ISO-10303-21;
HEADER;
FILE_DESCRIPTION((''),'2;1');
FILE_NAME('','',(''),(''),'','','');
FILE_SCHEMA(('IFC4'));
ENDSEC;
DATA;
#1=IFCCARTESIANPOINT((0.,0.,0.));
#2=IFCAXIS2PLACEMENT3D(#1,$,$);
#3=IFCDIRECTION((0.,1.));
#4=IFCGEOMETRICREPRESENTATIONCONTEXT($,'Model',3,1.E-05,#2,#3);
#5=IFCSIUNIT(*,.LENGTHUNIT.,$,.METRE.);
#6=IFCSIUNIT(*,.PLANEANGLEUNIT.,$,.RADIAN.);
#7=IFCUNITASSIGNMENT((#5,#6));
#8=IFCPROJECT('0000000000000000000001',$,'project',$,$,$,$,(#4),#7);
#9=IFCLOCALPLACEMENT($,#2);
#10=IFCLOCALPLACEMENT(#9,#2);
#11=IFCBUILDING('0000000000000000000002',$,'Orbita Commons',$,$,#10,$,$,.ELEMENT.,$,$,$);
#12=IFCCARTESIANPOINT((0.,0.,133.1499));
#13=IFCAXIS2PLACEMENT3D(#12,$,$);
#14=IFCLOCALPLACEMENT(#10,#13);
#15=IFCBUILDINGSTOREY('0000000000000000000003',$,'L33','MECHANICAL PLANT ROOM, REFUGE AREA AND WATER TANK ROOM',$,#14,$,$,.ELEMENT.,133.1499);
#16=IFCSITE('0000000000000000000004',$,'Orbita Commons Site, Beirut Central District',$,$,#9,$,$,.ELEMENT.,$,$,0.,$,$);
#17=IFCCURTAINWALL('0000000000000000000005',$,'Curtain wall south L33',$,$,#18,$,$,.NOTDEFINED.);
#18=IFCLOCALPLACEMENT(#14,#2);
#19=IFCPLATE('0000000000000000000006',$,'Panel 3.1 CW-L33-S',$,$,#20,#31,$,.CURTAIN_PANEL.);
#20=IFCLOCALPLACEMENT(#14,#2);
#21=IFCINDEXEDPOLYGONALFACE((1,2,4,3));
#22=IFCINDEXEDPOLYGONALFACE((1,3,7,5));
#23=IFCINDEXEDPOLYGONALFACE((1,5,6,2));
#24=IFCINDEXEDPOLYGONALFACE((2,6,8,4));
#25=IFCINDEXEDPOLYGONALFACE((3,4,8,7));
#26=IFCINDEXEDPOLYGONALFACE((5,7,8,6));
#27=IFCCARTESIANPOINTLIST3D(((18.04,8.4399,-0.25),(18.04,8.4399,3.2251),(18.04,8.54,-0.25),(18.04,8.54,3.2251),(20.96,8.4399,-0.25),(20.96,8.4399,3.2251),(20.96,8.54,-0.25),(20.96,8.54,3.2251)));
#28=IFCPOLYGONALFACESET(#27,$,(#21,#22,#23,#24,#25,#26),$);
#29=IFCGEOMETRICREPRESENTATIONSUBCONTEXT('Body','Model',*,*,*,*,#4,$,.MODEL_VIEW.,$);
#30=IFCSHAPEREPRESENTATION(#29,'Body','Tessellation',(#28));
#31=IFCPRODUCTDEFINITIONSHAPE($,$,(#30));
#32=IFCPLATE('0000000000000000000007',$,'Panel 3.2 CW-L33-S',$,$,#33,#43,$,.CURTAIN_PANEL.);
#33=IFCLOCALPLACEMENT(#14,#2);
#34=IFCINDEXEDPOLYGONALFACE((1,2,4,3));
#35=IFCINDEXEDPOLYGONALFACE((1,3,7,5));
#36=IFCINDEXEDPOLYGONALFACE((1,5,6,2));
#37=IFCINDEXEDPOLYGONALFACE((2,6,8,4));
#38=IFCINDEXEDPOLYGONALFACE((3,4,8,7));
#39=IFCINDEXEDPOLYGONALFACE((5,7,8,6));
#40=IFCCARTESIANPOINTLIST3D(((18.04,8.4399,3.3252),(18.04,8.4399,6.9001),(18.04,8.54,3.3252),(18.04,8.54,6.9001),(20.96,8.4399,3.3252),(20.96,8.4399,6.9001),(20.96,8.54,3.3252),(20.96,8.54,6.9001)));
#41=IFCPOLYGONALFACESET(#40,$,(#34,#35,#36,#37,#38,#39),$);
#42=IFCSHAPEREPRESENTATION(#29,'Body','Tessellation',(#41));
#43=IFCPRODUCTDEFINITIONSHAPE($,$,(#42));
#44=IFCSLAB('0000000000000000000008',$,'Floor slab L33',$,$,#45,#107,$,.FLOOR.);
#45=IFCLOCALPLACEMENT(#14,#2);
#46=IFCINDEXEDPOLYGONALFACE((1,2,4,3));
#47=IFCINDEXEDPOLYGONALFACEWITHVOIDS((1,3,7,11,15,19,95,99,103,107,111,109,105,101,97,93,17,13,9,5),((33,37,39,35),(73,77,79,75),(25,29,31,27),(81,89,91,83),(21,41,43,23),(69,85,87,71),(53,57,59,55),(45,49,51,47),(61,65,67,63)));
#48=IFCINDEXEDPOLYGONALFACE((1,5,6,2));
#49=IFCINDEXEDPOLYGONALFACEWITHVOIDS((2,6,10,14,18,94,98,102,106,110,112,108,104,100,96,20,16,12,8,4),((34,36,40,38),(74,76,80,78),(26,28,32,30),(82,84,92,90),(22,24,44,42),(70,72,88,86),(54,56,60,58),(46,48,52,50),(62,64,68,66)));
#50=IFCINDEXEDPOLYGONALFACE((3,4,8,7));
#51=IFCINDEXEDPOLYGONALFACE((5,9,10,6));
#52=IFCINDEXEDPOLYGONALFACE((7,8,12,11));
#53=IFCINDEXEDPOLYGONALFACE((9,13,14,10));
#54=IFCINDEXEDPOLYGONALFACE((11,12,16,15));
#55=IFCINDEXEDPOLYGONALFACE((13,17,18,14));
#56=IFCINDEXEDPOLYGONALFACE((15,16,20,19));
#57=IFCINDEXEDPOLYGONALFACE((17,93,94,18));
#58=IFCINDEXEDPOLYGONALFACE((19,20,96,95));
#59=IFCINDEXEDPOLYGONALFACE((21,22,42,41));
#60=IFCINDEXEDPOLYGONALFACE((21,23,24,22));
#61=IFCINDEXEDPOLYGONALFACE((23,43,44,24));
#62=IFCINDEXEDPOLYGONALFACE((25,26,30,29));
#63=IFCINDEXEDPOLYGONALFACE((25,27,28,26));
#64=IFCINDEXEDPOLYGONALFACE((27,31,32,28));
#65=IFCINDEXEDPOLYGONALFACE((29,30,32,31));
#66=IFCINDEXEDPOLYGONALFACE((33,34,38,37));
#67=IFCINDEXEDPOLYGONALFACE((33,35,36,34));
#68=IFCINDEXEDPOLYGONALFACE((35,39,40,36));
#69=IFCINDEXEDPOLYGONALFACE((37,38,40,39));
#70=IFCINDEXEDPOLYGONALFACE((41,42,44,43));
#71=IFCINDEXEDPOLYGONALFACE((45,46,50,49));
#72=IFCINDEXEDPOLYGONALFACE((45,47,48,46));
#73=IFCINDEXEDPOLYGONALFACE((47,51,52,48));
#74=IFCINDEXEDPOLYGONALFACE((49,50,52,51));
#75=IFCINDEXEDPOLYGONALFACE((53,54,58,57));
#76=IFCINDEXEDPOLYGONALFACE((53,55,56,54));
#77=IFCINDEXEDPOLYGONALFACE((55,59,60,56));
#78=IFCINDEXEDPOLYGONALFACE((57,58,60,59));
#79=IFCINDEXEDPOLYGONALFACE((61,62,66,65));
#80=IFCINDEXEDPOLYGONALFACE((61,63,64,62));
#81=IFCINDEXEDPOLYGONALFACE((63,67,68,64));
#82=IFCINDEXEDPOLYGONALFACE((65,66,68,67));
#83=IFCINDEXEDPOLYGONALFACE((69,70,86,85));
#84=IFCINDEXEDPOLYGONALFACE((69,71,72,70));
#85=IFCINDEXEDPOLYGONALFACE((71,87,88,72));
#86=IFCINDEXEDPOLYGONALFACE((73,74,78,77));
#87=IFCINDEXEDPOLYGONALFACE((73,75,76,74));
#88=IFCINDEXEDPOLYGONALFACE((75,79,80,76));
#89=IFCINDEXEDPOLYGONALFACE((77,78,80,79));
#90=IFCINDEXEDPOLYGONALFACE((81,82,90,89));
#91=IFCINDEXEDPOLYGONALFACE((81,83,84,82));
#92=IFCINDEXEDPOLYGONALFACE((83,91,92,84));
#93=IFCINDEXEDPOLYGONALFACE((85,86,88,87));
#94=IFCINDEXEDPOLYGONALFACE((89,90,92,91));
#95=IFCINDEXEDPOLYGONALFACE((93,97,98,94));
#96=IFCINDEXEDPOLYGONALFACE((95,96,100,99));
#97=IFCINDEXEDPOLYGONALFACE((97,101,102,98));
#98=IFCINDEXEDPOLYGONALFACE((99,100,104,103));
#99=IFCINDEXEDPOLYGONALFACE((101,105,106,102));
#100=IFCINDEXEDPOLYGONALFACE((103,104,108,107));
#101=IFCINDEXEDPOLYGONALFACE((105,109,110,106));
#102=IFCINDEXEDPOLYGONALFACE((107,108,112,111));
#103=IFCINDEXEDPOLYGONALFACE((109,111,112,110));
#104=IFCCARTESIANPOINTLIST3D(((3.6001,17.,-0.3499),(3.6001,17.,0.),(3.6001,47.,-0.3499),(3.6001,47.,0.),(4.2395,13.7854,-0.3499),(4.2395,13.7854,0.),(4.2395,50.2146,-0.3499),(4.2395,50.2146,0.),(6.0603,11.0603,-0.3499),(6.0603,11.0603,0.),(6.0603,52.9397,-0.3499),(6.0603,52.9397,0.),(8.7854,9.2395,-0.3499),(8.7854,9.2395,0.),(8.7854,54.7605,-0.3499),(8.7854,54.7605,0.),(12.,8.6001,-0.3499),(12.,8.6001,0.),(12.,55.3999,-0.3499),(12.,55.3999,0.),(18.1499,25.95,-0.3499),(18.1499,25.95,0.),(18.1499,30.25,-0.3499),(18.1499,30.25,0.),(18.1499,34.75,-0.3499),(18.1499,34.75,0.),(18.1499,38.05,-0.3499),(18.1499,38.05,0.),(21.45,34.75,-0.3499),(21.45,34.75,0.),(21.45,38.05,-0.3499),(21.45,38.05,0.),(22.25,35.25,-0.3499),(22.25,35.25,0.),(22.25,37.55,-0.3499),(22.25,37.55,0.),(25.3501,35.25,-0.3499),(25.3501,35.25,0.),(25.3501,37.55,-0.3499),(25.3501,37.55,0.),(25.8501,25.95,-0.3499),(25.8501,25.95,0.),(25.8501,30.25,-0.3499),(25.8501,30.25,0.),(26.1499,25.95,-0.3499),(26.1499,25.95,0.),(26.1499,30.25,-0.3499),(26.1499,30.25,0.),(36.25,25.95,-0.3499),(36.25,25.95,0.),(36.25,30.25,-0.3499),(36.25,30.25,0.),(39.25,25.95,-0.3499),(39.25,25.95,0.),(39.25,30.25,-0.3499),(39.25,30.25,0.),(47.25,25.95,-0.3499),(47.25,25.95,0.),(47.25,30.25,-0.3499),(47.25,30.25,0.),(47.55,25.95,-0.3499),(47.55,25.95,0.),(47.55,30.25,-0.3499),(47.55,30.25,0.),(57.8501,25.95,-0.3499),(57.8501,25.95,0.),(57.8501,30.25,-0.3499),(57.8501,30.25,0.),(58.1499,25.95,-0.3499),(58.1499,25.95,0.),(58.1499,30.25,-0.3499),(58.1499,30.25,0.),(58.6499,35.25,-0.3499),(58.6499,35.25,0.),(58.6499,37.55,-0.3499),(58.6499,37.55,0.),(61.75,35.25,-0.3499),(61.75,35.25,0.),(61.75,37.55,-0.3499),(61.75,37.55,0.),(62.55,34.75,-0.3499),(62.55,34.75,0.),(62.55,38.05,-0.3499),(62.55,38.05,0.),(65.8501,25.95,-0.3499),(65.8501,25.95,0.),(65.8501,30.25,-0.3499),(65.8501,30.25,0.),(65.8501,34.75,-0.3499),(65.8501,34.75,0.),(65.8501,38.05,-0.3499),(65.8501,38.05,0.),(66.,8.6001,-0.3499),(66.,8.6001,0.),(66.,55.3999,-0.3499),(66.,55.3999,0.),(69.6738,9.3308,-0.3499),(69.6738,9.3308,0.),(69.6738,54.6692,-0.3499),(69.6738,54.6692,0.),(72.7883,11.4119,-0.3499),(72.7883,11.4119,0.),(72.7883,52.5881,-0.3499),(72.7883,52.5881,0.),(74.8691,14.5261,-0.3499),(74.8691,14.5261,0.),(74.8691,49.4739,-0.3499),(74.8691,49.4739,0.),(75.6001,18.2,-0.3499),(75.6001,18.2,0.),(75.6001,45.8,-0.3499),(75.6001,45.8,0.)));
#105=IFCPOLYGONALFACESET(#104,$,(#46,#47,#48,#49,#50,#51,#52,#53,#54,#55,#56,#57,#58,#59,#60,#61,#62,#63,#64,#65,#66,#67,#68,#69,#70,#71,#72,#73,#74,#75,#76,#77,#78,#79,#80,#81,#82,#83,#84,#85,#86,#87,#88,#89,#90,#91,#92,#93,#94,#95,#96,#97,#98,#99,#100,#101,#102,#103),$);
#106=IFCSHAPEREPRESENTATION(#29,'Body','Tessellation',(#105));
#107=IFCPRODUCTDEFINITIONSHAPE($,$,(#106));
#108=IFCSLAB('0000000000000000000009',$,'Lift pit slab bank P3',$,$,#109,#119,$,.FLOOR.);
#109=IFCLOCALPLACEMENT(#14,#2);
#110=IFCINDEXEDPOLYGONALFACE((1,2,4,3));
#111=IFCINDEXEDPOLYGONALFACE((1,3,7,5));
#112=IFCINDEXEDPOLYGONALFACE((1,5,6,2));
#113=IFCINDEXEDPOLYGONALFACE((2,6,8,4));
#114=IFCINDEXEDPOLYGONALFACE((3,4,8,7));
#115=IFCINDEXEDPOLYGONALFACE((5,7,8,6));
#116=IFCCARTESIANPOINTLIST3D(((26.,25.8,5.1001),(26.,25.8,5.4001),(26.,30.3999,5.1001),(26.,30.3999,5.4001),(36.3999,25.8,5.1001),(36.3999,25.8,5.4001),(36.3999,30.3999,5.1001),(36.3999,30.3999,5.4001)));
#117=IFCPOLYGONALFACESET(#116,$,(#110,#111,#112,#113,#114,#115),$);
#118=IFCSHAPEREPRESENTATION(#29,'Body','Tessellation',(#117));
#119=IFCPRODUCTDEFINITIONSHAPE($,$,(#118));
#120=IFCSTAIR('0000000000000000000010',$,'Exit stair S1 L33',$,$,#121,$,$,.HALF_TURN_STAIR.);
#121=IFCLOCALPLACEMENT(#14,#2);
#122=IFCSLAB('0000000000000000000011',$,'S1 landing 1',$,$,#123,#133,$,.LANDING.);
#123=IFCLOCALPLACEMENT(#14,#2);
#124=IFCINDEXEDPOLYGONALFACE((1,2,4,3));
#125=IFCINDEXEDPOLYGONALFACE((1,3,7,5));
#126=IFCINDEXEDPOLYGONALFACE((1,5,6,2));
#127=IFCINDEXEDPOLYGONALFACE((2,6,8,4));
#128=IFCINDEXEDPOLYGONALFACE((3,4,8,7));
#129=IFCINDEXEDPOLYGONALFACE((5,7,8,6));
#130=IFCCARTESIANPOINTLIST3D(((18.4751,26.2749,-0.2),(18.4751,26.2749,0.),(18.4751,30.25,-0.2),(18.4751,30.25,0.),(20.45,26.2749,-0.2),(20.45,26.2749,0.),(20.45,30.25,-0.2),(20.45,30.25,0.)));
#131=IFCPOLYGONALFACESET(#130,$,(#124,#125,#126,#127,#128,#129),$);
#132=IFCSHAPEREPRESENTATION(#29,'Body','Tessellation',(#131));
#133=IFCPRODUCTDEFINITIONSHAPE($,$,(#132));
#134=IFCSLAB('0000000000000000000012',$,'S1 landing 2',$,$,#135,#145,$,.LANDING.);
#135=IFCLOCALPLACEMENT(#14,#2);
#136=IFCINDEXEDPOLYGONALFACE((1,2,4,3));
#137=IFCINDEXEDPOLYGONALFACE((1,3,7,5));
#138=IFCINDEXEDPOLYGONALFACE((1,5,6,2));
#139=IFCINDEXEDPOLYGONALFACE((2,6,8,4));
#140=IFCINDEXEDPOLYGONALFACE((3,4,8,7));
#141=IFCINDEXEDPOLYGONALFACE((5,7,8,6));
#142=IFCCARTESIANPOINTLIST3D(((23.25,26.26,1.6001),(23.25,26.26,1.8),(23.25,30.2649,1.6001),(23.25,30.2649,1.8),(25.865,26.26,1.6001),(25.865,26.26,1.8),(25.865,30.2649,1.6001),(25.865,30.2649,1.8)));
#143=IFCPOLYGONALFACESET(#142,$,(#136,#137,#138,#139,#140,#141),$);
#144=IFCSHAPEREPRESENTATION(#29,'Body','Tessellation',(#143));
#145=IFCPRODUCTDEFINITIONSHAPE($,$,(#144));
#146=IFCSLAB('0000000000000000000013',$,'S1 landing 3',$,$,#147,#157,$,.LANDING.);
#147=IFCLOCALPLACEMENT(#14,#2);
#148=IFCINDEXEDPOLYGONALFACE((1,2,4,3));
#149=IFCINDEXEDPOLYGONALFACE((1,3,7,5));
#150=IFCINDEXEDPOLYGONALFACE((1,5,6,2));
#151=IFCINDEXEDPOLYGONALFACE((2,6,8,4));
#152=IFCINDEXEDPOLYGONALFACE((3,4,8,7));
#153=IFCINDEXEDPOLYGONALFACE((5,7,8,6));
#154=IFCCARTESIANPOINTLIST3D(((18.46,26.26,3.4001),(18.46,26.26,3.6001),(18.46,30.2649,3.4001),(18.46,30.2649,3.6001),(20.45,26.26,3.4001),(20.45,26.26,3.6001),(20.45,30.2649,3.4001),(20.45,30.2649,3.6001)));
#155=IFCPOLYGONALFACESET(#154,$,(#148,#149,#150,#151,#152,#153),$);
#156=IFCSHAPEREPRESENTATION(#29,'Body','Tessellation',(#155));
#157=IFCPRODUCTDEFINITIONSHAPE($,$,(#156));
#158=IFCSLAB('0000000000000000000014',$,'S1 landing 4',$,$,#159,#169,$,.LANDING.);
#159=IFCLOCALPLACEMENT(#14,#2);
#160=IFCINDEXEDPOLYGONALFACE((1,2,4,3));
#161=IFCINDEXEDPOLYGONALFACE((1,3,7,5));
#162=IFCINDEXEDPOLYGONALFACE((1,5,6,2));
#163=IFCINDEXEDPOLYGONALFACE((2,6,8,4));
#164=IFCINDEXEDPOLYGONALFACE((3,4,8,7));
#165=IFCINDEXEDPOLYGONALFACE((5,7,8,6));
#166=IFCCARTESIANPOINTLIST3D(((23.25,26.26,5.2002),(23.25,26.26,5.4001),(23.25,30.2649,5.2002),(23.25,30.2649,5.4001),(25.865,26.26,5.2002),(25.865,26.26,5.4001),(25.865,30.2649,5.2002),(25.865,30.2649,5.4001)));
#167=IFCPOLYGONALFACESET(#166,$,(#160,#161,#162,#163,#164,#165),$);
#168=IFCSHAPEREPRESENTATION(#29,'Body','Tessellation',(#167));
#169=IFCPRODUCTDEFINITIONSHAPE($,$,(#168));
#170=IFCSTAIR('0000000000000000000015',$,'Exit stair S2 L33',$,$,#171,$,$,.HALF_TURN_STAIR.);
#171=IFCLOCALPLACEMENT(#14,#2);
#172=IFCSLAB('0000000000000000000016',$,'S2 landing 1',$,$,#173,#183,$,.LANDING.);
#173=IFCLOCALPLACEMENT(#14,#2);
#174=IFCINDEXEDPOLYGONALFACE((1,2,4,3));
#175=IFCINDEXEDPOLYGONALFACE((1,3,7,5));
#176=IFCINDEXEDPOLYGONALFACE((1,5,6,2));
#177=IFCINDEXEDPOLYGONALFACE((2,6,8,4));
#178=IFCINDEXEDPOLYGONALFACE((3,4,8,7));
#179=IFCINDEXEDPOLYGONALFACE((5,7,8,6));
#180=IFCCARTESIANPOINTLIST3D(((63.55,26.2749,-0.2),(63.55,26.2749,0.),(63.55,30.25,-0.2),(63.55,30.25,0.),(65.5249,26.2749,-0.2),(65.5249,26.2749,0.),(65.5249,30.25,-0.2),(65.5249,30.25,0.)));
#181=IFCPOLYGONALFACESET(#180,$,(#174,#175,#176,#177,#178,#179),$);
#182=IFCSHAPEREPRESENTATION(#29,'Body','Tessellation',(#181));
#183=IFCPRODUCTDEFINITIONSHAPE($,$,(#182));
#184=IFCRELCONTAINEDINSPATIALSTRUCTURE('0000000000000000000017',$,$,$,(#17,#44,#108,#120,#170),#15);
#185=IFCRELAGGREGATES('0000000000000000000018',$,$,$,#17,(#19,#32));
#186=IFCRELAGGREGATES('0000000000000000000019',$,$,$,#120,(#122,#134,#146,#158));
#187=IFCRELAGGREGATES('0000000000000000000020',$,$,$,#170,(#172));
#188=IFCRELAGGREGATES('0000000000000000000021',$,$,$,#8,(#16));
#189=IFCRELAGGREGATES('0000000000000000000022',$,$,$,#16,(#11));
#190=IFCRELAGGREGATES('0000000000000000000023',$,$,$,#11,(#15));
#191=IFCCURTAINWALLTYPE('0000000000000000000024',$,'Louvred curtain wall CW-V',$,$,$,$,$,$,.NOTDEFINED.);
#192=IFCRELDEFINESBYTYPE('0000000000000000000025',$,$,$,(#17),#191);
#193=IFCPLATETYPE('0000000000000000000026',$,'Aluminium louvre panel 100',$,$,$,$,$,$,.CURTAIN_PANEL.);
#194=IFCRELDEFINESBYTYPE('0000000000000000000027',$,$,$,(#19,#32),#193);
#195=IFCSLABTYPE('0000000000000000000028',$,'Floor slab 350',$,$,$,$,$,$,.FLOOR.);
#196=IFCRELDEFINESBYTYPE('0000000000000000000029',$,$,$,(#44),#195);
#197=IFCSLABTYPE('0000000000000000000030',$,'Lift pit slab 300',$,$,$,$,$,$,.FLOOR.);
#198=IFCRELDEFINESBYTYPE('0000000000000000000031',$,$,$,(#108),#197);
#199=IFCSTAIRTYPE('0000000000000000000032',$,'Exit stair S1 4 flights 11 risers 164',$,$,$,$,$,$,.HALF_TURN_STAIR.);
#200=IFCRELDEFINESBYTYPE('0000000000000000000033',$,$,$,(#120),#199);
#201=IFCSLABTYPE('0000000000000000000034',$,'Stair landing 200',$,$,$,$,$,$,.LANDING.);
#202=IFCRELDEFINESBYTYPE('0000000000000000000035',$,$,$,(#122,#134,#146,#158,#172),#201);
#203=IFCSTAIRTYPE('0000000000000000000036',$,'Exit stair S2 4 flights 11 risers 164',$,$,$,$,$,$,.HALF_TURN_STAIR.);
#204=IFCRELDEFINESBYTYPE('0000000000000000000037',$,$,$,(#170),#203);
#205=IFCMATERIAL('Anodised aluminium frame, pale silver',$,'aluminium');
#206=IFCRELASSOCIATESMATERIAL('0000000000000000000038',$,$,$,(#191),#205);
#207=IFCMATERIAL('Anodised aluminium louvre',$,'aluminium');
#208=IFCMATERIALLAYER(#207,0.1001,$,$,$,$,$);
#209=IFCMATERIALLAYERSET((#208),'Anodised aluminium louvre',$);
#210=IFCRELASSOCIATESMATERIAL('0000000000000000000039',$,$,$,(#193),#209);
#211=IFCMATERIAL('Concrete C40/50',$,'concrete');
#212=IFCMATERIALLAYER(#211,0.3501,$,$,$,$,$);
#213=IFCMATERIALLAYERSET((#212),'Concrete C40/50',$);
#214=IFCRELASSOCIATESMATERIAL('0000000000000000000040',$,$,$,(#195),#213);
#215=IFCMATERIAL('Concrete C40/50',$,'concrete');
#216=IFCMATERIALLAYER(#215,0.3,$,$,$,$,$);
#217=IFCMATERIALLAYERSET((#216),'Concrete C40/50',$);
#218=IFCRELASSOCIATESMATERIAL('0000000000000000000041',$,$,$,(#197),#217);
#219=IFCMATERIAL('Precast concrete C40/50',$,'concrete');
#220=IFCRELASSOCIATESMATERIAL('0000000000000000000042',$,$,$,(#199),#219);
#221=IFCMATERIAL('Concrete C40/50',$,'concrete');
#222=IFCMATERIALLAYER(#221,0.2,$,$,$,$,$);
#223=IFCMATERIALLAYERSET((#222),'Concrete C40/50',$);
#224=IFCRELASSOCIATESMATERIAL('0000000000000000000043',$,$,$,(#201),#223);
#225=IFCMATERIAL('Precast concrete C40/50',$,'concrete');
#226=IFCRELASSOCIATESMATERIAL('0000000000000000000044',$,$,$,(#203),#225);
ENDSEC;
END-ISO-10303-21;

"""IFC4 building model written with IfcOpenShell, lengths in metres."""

from ifc_helpers import new_model, si_unit, direction, frame, origin, origin_2d, place, context, subcontext, project, spatial, polyline, rectangle, outline, extrude, material, layer, layer_set, type_object, element, aggregate, save


model = new_model("IFC4")

# Units and contexts
model_context = context("Model", 3, precision=1e-05, world=origin(), true_north=direction((0.0, 1.0)))
body_context = subcontext(model_context, "Body", "Model", "MODEL_VIEW")
ifc_project = project(units=[si_unit("LENGTHUNIT", "METRE"), si_unit("PLANEANGLEUNIT", "RADIAN")], contexts=[model_context])

# Site, building, storey
site_placement = place(None, origin())
site = spatial("IfcSite", under=ifc_project, at=site_placement, Name="Orbita Commons Site, Beirut Central District", CompositionType="ELEMENT", RefElevation=0.0)
building_placement = place(site_placement, origin())
building = spatial("IfcBuilding", under=site, at=building_placement, Name="Orbita Commons", CompositionType="ELEMENT")
storey_placement = place(building_placement, frame((0.0, 0.0, 133.1499)))
storey = spatial("IfcBuildingStorey", under=building, at=storey_placement, Name="L33", Description="MECHANICAL PLANT ROOM, REFUGE AREA AND WATER TANK ROOM", CompositionType="ELEMENT", Elevation=133.1499)

# Curtain wall, plates
ifc_material_1 = material(Name="Anodised aluminium frame, pale silver", Category="aluminium")
curtain_wall_type = type_object("IfcCurtainWallType", Name="Louvred curtain wall CW-V", PredefinedType="NOTDEFINED", material=ifc_material_1)
curtain_wall_placement = place(storey_placement, origin())
curtain_wall = element("IfcCurtainWall", 1, at=curtain_wall_placement, inside=storey, type_object=curtain_wall_type, Name="Curtain wall south L33", PredefinedType="NOTDEFINED")
ifc_material_2 = material(Name="Anodised aluminium louvre", Category="aluminium")
ifc_layer_1 = layer(ifc_material_2, 0.1001)
ifc_layer_set_1 = layer_set([ifc_layer_1], Name="Anodised aluminium louvre")
plate_type = type_object("IfcPlateType", Name="Aluminium louvre panel 100", PredefinedType="CURTAIN_PANEL", material=ifc_layer_set_1)
plate_1_placement = place(storey_placement, frame((19.5, 8.49, -0.25), z_axis=(0.0, 0.0, 1.0), x_axis=(1.0, 0.0, 0.0)))
plate_1 = element("IfcPlate", 2, at=plate_1_placement, type_object=plate_type, Name="Panel 3.1 CW-L33-S", PredefinedType="CURTAIN_PANEL", context=body_context, shape_type="SweptSolid", body=[
    extrude(rectangle(XDim=2.9199, YDim=0.1001, at=origin_2d()), origin(), (0.0, 0.0, 1.0), 3.4751),
])
plate_2_placement = place(storey_placement, frame((19.5, 8.49, 3.3252), z_axis=(0.0, 0.0, 1.0), x_axis=(1.0, 0.0, 0.0)))
plate_2 = element("IfcPlate", 3, at=plate_2_placement, type_object=plate_type, Name="Panel 3.2 CW-L33-S", PredefinedType="CURTAIN_PANEL", context=body_context, shape_type="SweptSolid", body=[
    extrude(rectangle(XDim=2.9199, YDim=0.1001, at=origin_2d()), origin(), (0.0, 0.0, 1.0), 3.575),
])
aggregate(curtain_wall, [plate_1, plate_2])

# Slabs
ifc_material_3 = material(Name="Concrete C40/50", Category="concrete")
ifc_layer_2 = layer(ifc_material_3, 0.3501)
ifc_layer_set_2 = layer_set([ifc_layer_2], Name="Concrete C40/50")
slab_type_1 = type_object("IfcSlabType", Name="Floor slab 350", PredefinedType="FLOOR", material=ifc_layer_set_2)
slab_1_placement = place(storey_placement, frame((0.0, 0.0, -0.3499)))
element("IfcSlab", 4, at=slab_1_placement, inside=storey, type_object=slab_type_1, Name="Floor slab L33", PredefinedType="FLOOR", context=body_context, shape_type="SweptSolid", body=[
    extrude(outline(polyline([(66.0, 8.6001), (69.6738, 9.3308), (72.7883, 11.4119), (74.8691, 14.5261), (75.6001, 18.2), (75.6001, 45.8), (74.8691, 49.4739), (72.7883, 52.5881), (69.6738, 54.6692), (66.0, 55.3999), (12.0, 55.3999), (8.7854, 54.7605), (6.0603, 52.9397), (4.2395, 50.2146), (3.6001, 47.0), (3.6001, 17.0), (4.2395, 13.7854), (6.0603, 11.0603), (8.7854, 9.2395), (12.0, 8.6001), (66.0, 8.6001)]), holes=[polyline([(18.1499, 25.95), (25.8501, 25.95), (25.8501, 30.25), (18.1499, 30.25), (18.1499, 25.95)]), polyline([(58.1499, 25.95), (65.8501, 25.95), (65.8501, 30.25), (58.1499, 30.25), (58.1499, 25.95)]), polyline([(18.1499, 34.75), (21.45, 34.75), (21.45, 38.05), (18.1499, 38.05), (18.1499, 34.75)]), polyline([(62.55, 34.75), (65.8501, 34.75), (65.8501, 38.05), (62.55, 38.05), (62.55, 34.75)]), polyline([(22.25, 35.25), (25.3501, 35.25), (25.3501, 37.55), (22.25, 37.55), (22.25, 35.25)]), polyline([(58.6499, 35.25), (61.75, 35.25), (61.75, 37.55), (58.6499, 37.55), (58.6499, 35.25)]), polyline([(26.1499, 25.95), (36.25, 25.95), (36.25, 30.25), (26.1499, 30.25), (26.1499, 25.95)]), polyline([(39.25, 25.95), (47.25, 25.95), (47.25, 30.25), (39.25, 30.25), (39.25, 25.95)]), polyline([(47.55, 25.95), (57.8501, 25.95), (57.8501, 30.25), (47.55, 30.25), (47.55, 25.95)])]), origin(), (0.0, 0.0, 1.0), 0.3499),
])
ifc_material_4 = material(Name="Concrete C40/50", Category="concrete")
ifc_layer_3 = layer(ifc_material_4, 0.3)
ifc_layer_set_3 = layer_set([ifc_layer_3], Name="Concrete C40/50")
slab_type_2 = type_object("IfcSlabType", Name="Lift pit slab 300", PredefinedType="FLOOR", material=ifc_layer_set_3)
slab_2_placement = place(storey_placement, frame((0.0, 0.0, 5.1001)))
element("IfcSlab", 5, at=slab_2_placement, inside=storey, type_object=slab_type_2, Name="Lift pit slab bank P3", PredefinedType="FLOOR", context=body_context, shape_type="SweptSolid", body=[
    extrude(outline(polyline([(26.0, 25.8), (36.3999, 25.8), (36.3999, 30.3999), (26.0, 30.3999), (26.0, 25.8)])), origin(), (0.0, 0.0, 1.0), 0.3),
])

# Stairs, slabs
ifc_material_5 = material(Name="Precast concrete C40/50", Category="concrete")
stair_type_1 = type_object("IfcStairType", Name="Exit stair S1 4 flights 11 risers 164", PredefinedType="HALF_TURN_STAIR", material=ifc_material_5)
stair_1_placement = place(storey_placement, origin())
stair_1 = element("IfcStair", 6, at=stair_1_placement, inside=storey, type_object=stair_type_1, Name="Exit stair S1 L33", PredefinedType="HALF_TURN_STAIR")
ifc_material_6 = material(Name="Concrete C40/50", Category="concrete")
ifc_layer_4 = layer(ifc_material_6, 0.2)
ifc_layer_set_4 = layer_set([ifc_layer_4], Name="Concrete C40/50")
slab_type_3 = type_object("IfcSlabType", Name="Stair landing 200", PredefinedType="LANDING", material=ifc_layer_set_4)
slab_3_placement = place(storey_placement, frame((0.0, 0.0, -0.2)))
slab_3 = element("IfcSlab", 7, at=slab_3_placement, type_object=slab_type_3, Name="S1 landing 1", PredefinedType="LANDING", context=body_context, shape_type="SweptSolid", body=[
    extrude(outline(polyline([(18.4751, 26.2749), (20.45, 26.2749), (20.45, 30.25), (18.4751, 30.25), (18.4751, 26.2749)])), origin(), (0.0, 0.0, 1.0), 0.2),
])
slab_4_placement = place(storey_placement, frame((0.0, 0.0, 1.6001)))
slab_4 = element("IfcSlab", 8, at=slab_4_placement, type_object=slab_type_3, Name="S1 landing 2", PredefinedType="LANDING", context=body_context, shape_type="SweptSolid", body=[
    extrude(outline(polyline([(23.25, 26.26), (25.865, 26.26), (25.865, 30.2649), (23.25, 30.2649), (23.25, 26.26)])), origin(), (0.0, 0.0, 1.0), 0.2),
])
slab_5_placement = place(storey_placement, frame((0.0, 0.0, 3.4001)))
slab_5 = element("IfcSlab", 9, at=slab_5_placement, type_object=slab_type_3, Name="S1 landing 3", PredefinedType="LANDING", context=body_context, shape_type="SweptSolid", body=[
    extrude(outline(polyline([(18.46, 26.26), (20.45, 26.26), (20.45, 30.2649), (18.46, 30.2649), (18.46, 26.26)])), origin(), (0.0, 0.0, 1.0), 0.2),
])
slab_6_placement = place(storey_placement, frame((0.0, 0.0, 5.2002)))
slab_6 = element("IfcSlab", 10, at=slab_6_placement, type_object=slab_type_3, Name="S1 landing 4", PredefinedType="LANDING", context=body_context, shape_type="SweptSolid", body=[
    extrude(outline(polyline([(23.25, 26.26), (25.865, 26.26), (25.865, 30.2649), (23.25, 30.2649), (23.25, 26.26)])), origin(), (0.0, 0.0, 1.0), 0.2),
])
aggregate(stair_1, [slab_3, slab_4, slab_5, slab_6])
ifc_material_7 = material(Name="Precast concrete C40/50", Category="concrete")
stair_type_2 = type_object("IfcStairType", Name="Exit stair S2 4 flights 11 risers 164", PredefinedType="HALF_TURN_STAIR", material=ifc_material_7)
stair_2_placement = place(storey_placement, origin())
stair_2 = element("IfcStair", 11, at=stair_2_placement, inside=storey, type_object=stair_type_2, Name="Exit stair S2 L33", PredefinedType="HALF_TURN_STAIR")
slab_7_placement = place(storey_placement, frame((0.0, 0.0, -0.2)))
slab_7 = element("IfcSlab", 12, at=slab_7_placement, type_object=slab_type_3, Name="S2 landing 1", PredefinedType="LANDING", context=body_context, shape_type="SweptSolid", body=[
    extrude(outline(polyline([(63.55, 26.2749), (65.5249, 26.2749), (65.5249, 30.25), (63.55, 30.25), (63.55, 26.2749)])), origin(), (0.0, 0.0, 1.0), 0.2),
])
aggregate(stair_2, [slab_7])

save(model, "model.ifc")
